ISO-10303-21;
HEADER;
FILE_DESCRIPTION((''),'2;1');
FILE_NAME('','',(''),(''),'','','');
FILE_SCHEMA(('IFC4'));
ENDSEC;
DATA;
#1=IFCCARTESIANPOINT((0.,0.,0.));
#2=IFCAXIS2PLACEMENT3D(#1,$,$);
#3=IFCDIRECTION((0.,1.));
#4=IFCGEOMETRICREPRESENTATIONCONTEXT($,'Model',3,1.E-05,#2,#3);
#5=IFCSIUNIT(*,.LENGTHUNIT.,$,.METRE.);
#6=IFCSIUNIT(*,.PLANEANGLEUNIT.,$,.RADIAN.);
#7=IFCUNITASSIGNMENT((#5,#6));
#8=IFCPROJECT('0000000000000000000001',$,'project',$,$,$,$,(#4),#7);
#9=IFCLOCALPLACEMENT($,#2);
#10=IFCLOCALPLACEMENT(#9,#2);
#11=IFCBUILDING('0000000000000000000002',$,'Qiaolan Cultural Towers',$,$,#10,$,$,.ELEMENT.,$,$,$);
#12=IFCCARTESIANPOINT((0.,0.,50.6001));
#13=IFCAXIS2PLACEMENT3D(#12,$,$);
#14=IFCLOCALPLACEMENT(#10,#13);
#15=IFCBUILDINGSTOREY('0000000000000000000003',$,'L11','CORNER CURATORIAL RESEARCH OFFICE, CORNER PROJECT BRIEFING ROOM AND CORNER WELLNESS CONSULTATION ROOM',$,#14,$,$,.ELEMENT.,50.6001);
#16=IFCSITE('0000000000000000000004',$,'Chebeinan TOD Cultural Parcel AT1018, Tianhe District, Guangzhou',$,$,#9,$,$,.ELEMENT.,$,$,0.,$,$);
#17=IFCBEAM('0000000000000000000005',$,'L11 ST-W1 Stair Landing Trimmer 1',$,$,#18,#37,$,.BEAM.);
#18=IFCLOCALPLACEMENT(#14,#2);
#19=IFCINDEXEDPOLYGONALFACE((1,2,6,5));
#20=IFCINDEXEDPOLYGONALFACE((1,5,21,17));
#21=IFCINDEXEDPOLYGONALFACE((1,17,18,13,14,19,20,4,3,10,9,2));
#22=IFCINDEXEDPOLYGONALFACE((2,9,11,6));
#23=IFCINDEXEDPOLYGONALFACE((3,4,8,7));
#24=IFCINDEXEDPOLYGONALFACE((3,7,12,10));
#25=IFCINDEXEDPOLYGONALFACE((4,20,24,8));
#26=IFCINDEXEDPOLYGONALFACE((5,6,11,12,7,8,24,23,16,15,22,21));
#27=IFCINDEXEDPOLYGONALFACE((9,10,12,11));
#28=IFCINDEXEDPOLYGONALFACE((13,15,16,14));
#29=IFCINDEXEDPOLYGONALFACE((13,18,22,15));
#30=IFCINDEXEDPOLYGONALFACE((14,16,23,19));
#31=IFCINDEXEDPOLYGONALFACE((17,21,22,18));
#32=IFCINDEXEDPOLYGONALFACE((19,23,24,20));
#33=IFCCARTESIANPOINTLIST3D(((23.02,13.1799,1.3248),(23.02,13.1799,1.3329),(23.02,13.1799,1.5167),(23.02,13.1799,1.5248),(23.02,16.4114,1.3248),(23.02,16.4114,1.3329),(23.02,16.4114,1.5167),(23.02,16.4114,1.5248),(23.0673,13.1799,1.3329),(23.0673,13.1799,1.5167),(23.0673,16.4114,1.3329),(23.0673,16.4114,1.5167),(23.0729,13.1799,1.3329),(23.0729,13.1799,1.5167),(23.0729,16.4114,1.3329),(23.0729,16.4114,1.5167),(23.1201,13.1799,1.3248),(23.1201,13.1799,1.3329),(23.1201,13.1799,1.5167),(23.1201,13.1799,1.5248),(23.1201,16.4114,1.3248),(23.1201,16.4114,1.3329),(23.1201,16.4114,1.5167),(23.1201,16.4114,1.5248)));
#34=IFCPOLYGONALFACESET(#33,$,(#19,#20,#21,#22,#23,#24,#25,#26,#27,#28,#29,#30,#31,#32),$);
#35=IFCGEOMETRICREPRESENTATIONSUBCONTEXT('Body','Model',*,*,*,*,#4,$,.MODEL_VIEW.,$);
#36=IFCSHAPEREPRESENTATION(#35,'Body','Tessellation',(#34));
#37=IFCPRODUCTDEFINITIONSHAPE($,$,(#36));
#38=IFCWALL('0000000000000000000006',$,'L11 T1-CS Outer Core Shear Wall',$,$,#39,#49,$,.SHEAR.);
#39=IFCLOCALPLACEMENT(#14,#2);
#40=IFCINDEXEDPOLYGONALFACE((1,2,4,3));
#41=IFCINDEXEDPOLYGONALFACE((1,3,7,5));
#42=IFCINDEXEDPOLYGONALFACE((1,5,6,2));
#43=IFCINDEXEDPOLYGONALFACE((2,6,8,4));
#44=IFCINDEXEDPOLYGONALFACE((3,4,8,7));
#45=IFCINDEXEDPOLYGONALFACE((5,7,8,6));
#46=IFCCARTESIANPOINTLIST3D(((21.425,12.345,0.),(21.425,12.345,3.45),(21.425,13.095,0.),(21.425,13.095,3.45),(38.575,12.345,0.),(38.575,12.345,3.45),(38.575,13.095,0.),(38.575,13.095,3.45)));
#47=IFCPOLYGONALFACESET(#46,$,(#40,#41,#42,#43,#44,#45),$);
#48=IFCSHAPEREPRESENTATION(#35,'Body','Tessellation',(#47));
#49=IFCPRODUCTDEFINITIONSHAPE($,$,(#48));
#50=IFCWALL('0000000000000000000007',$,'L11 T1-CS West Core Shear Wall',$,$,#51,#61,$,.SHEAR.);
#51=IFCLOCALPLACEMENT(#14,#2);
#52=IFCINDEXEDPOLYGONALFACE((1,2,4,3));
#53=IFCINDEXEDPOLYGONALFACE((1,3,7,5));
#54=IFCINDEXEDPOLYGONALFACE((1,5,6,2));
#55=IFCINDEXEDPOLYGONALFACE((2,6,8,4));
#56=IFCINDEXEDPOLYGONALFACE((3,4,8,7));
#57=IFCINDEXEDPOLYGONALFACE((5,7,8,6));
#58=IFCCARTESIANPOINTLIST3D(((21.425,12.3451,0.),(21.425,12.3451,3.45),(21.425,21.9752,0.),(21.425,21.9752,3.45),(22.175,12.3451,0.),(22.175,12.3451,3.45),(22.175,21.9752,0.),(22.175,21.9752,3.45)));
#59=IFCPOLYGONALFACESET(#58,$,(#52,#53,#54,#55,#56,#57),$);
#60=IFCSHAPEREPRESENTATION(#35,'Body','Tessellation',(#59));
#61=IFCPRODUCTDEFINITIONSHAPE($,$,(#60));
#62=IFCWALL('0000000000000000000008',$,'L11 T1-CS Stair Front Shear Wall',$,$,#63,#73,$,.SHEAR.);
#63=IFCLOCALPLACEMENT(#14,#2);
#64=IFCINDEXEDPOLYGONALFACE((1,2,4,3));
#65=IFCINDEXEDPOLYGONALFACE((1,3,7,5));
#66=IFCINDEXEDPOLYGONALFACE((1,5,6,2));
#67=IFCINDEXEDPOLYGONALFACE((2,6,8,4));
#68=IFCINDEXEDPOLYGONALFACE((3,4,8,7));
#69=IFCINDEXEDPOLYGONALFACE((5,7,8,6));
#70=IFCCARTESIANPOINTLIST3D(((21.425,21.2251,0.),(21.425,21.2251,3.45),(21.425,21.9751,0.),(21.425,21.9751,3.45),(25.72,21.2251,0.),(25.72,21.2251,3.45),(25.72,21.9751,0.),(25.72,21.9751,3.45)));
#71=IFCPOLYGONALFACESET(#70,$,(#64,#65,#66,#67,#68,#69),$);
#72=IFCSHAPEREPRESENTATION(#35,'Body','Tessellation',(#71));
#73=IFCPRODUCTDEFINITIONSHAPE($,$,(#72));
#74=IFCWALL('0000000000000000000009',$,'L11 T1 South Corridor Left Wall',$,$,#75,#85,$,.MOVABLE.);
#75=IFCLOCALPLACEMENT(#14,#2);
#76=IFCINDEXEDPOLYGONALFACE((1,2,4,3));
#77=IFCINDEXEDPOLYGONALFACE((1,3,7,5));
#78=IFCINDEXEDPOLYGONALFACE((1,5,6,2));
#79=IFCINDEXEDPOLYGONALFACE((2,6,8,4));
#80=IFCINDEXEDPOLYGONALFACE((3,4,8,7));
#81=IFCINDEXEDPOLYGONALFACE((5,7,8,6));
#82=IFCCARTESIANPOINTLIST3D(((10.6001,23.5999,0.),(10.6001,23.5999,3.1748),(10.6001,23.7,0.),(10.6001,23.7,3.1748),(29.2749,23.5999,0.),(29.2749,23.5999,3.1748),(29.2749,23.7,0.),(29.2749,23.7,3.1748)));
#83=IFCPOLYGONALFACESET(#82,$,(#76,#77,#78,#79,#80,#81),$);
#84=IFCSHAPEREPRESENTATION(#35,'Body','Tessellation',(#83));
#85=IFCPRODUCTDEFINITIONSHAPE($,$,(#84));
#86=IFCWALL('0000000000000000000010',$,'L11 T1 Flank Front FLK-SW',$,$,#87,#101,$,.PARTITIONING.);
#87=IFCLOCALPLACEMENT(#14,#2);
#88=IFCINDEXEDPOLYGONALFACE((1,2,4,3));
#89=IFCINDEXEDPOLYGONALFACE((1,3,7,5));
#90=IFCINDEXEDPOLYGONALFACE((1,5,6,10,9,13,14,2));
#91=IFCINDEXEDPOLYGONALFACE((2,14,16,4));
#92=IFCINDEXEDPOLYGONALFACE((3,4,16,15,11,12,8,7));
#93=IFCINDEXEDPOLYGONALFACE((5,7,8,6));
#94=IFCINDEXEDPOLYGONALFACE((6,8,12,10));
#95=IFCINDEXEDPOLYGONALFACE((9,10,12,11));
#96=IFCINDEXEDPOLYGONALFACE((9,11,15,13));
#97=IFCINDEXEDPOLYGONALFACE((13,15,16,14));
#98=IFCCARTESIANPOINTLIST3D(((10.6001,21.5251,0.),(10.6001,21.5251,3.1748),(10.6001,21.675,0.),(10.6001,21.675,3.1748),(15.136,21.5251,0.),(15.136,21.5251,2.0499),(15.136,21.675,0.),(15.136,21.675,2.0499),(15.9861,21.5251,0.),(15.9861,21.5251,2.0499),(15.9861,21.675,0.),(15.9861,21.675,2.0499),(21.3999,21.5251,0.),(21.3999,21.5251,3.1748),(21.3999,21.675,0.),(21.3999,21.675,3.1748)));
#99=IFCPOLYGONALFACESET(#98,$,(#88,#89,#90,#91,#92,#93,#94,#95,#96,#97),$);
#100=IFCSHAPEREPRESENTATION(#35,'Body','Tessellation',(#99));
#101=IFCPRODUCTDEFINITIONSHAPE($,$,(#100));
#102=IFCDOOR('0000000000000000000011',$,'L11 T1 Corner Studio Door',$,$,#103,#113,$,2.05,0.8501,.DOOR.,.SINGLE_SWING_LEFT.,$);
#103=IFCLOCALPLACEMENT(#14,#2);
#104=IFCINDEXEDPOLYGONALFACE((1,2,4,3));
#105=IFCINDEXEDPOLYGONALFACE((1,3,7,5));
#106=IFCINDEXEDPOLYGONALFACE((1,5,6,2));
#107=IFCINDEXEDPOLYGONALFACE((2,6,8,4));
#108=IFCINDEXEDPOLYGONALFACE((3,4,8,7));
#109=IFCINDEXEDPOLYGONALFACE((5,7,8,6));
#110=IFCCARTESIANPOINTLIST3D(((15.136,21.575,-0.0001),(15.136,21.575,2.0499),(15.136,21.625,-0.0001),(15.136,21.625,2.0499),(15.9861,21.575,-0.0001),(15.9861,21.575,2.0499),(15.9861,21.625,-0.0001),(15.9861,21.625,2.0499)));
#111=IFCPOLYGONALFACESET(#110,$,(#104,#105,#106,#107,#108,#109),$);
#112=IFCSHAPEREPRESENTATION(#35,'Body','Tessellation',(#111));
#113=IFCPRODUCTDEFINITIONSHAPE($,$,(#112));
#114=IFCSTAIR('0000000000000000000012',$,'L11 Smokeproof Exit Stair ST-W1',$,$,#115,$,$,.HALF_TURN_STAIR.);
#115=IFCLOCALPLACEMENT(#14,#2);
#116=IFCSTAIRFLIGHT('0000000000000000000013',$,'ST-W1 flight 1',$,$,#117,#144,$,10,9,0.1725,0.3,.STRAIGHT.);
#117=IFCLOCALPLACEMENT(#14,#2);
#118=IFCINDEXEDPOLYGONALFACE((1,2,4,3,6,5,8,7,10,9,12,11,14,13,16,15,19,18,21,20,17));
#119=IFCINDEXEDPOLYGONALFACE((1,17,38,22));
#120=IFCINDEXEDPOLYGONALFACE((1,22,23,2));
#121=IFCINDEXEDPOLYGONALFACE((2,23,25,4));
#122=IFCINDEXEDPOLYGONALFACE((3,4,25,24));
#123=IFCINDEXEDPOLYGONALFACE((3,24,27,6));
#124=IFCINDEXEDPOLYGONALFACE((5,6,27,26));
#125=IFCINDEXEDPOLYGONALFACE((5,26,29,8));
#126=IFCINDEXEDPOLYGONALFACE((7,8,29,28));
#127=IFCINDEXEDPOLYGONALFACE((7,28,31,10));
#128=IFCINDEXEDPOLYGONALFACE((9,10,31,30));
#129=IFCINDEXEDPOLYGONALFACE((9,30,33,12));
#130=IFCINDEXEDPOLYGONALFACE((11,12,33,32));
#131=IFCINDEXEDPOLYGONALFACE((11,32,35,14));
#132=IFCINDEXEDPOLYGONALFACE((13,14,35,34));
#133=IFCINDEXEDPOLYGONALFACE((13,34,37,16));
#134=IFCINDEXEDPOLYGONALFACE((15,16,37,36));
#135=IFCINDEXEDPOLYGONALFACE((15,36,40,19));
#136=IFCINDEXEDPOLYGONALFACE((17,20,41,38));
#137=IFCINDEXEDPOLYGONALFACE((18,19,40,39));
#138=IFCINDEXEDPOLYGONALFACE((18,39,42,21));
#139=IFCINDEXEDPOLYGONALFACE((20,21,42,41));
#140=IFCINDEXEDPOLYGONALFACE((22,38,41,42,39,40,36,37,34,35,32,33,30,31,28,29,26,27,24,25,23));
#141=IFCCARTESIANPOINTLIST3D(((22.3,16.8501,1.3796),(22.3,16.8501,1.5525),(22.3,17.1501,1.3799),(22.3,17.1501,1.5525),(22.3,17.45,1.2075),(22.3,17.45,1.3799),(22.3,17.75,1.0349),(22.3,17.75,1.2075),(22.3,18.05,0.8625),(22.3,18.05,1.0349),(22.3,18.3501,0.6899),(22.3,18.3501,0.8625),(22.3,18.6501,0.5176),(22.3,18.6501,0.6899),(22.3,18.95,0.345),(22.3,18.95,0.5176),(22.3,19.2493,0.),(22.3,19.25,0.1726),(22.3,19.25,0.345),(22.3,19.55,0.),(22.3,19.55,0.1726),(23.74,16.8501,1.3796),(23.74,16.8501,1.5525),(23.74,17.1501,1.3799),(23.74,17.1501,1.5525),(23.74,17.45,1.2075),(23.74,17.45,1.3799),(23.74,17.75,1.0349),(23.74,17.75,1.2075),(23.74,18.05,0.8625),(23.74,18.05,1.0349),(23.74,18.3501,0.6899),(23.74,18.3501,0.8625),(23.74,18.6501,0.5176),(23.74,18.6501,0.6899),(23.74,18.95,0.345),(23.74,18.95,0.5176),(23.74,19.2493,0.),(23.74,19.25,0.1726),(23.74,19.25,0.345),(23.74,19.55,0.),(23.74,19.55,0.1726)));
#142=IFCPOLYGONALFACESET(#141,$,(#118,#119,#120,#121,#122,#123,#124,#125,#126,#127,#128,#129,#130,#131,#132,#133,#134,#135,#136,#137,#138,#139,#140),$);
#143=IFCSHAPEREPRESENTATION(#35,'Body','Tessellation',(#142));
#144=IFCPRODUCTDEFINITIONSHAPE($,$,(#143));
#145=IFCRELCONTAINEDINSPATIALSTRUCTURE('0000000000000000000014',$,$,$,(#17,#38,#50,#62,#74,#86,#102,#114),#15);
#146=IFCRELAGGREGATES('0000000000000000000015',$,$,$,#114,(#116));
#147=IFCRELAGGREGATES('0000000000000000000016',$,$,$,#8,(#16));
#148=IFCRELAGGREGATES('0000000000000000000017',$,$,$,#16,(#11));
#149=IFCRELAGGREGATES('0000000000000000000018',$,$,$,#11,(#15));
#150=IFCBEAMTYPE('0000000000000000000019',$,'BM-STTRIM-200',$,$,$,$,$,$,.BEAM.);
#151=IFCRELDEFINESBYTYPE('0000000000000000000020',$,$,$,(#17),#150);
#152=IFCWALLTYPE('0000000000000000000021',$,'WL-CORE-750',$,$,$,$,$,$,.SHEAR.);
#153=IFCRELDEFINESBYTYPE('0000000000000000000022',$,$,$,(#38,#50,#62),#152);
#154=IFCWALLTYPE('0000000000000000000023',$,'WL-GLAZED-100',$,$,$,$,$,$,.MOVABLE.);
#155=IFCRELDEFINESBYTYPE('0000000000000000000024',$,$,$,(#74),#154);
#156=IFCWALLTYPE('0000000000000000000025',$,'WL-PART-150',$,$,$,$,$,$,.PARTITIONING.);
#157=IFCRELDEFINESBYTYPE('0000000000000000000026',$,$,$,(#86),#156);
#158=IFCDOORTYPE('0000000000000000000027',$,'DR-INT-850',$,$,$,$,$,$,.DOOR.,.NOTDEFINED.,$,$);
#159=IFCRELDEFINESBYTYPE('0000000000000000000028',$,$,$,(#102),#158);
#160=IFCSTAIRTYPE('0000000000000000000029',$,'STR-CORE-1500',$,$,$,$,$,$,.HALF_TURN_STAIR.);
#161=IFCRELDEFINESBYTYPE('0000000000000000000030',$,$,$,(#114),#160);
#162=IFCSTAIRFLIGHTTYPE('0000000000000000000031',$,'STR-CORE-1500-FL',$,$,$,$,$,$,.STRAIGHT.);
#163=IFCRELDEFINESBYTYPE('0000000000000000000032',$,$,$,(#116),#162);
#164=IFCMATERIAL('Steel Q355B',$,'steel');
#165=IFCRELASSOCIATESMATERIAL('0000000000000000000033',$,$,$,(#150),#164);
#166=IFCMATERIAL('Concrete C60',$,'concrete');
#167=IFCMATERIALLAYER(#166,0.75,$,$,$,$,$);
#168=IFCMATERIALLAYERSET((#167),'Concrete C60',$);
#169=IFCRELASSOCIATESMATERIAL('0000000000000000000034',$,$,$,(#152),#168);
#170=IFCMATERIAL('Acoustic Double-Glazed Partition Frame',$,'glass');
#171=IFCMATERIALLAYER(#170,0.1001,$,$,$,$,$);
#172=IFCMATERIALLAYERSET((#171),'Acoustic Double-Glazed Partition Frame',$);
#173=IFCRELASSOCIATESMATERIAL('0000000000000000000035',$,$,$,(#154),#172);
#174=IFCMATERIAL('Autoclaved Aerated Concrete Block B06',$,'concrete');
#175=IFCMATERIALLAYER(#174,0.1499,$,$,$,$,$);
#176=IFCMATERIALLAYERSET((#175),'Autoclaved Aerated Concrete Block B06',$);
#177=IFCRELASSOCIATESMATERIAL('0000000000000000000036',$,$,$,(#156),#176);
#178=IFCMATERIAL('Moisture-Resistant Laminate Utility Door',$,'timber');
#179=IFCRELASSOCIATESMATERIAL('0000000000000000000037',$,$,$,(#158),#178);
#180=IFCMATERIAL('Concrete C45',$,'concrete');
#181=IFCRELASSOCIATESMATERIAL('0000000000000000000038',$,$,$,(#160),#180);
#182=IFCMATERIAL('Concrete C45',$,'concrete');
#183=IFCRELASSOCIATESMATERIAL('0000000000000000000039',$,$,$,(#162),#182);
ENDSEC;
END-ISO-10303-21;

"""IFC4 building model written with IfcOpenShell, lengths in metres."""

from ifc_helpers import new_model, si_unit, direction, frame, frame_2d, origin, origin_2d, place, context, subcontext, project, spatial, polyline, rectangle, i_section, outline, extrude, material, layer, layer_set, material_profile, profile_set, type_object, element, fill, aggregate, save


model = new_model("IFC4")

# Units and contexts
model_context = context("Model", 3, precision=1e-05, world=origin(), true_north=direction((0.0, 1.0)))
body_context = subcontext(model_context, "Body", "Model", "MODEL_VIEW")
ifc_project = project(units=[si_unit("LENGTHUNIT", "METRE"), si_unit("PLANEANGLEUNIT", "RADIAN")], contexts=[model_context])

# Site, building, storey
site_placement = place(None, origin())
site = spatial("IfcSite", under=ifc_project, at=site_placement, Name="Chebeinan TOD Cultural Parcel AT1018, Tianhe District, Guangzhou", CompositionType="ELEMENT", RefElevation=0.0)
building_placement = place(site_placement, origin())
building = spatial("IfcBuilding", under=site, at=building_placement, Name="Qiaolan Cultural Towers", CompositionType="ELEMENT")
storey_placement = place(building_placement, frame((0.0, 0.0, 50.6001)))
storey = spatial("IfcBuildingStorey", under=building, at=storey_placement, Name="L11", Description="CORNER CURATORIAL RESEARCH OFFICE, CORNER PROJECT BRIEFING ROOM AND CORNER WELLNESS CONSULTATION ROOM", CompositionType="ELEMENT", Elevation=50.6001)

# Beam
ifc_material_1 = material(Name="Steel Q355B", Category="steel")
ifc_material_profile_1 = material_profile(ifc_material_1, i_section(OverallWidth=0.1001, OverallDepth=0.2, WebThickness=0.0056, FlangeThickness=0.0081, at=origin_2d()), Name="HN200x100x5.5x8")
ifc_profile_set_1 = profile_set([ifc_material_profile_1], Name="Steel Q355B")
beam_type_1 = type_object("IfcBeamType", Name="BM-STTRIM-200", PredefinedType="BEAM", material=ifc_profile_set_1)
beam_1_placement = place(storey_placement, frame((23.0701, 16.4114, 1.4248), z_axis=(0.0, -1.0, 0.0), x_axis=(1.0, 0.0, 0.0)))
element("IfcBeam", 1, at=beam_1_placement, inside=storey, type_object=beam_type_1, Name="L11 ST-W1 Stair Landing Trimmer 1", PredefinedType="BEAM", context=body_context, shape_type="SweptSolid", body=[
    extrude(i_section(OverallWidth=0.1001, OverallDepth=0.2, WebThickness=0.0056, FlangeThickness=0.0081, at=origin_2d()), origin(), (0.0, 0.0, 1.0), 3.2314),
])

# Walls
ifc_material_2 = material(Name="Concrete C60", Category="concrete")
ifc_layer_1 = layer(ifc_material_2, 0.75)
ifc_layer_set_1 = layer_set([ifc_layer_1], Name="Concrete C60")
wall_type_1 = type_object("IfcWallType", Name="WL-CORE-750", PredefinedType="SHEAR", material=ifc_layer_set_1)
wall_1_placement = place(storey_placement, frame((21.425, 12.72, 0.0), z_axis=(0.0, 0.0, 1.0), x_axis=(1.0, 0.0, 0.0)))
element("IfcWall", 2, at=wall_1_placement, inside=storey, type_object=wall_type_1, Name="L11 T1-CS Outer Core Shear Wall", PredefinedType="SHEAR", context=body_context, shape_type="SweptSolid", body=[
    extrude(rectangle(XDim=17.1499, YDim=0.75, at=frame_2d((8.575, 0.0))), origin(), (0.0, 0.0, 1.0), 3.45),
])
wall_2_placement = place(storey_placement, frame((21.8, 21.9751, 0.0), z_axis=(0.0, 0.0, 1.0), x_axis=(0.0, -1.0, 0.0)))
element("IfcWall", 3, at=wall_2_placement, inside=storey, type_object=wall_type_1, Name="L11 T1-CS West Core Shear Wall", PredefinedType="SHEAR", context=body_context, shape_type="SweptSolid", body=[
    extrude(rectangle(XDim=9.6301, YDim=0.75, at=frame_2d((4.8149, 0.0))), origin(), (0.0, 0.0, 1.0), 3.45),
])
wall_3_placement = place(storey_placement, frame((21.425, 21.6001, 0.0), z_axis=(0.0, 0.0, 1.0), x_axis=(1.0, 0.0, 0.0)))
element("IfcWall", 4, at=wall_3_placement, inside=storey, type_object=wall_type_1, Name="L11 T1-CS Stair Front Shear Wall", PredefinedType="SHEAR", context=body_context, shape_type="SweptSolid", body=[
    extrude(rectangle(XDim=4.2949, YDim=0.75, at=frame_2d((2.1475, 0.0))), origin(), (0.0, 0.0, 1.0), 3.45),
])
ifc_material_3 = material(Name="Acoustic Double-Glazed Partition Frame", Category="glass")
ifc_layer_2 = layer(ifc_material_3, 0.1001)
ifc_layer_set_2 = layer_set([ifc_layer_2], Name="Acoustic Double-Glazed Partition Frame")
wall_type_2 = type_object("IfcWallType", Name="WL-GLAZED-100", PredefinedType="MOVABLE", material=ifc_layer_set_2)
wall_4_placement = place(storey_placement, frame((10.6001, 23.6499, 0.0), z_axis=(0.0, 0.0, 1.0), x_axis=(1.0, 0.0, 0.0)))
element("IfcWall", 5, at=wall_4_placement, inside=storey, type_object=wall_type_2, Name="L11 T1 South Corridor Left Wall", PredefinedType="MOVABLE", context=body_context, shape_type="SweptSolid", body=[
    extrude(rectangle(XDim=18.6748, YDim=0.1001, at=frame_2d((9.3374, 0.0))), origin(), (0.0, 0.0, 1.0), 3.1748),
])

# Wall, opening, door
ifc_material_4 = material(Name="Autoclaved Aerated Concrete Block B06", Category="concrete")
ifc_layer_3 = layer(ifc_material_4, 0.1499)
ifc_layer_set_3 = layer_set([ifc_layer_3], Name="Autoclaved Aerated Concrete Block B06")
wall_type_3 = type_object("IfcWallType", Name="WL-PART-150", PredefinedType="PARTITIONING", material=ifc_layer_set_3)
wall_5_placement = place(storey_placement, frame((10.6001, 21.6001, 0.0), z_axis=(0.0, 0.0, 1.0), x_axis=(1.0, 0.0, 0.0)))
wall_5 = element("IfcWall", 6, at=wall_5_placement, inside=storey, type_object=wall_type_3, Name="L11 T1 Flank Front FLK-SW", PredefinedType="PARTITIONING", context=body_context, shape_type="SweptSolid", body=[
    extrude(rectangle(XDim=10.7998, YDim=0.1499, at=frame_2d((5.3999, 0.0))), origin(), (0.0, 0.0, 1.0), 3.1748),
])
opening_placement = place(wall_5_placement, frame((4.5359, 0.0, 0.0)))
opening = element("IfcOpeningElement", 7, at=opening_placement, cuts=wall_5, PredefinedType="OPENING", context=body_context, shape_type="SweptSolid", body=[
    extrude(rectangle(XDim=0.8501, YDim=2.05, at=frame_2d((0.425, 1.0249))), frame((0.0, 0.085, 0.0), z_axis=(0.0, -1.0, 0.0), x_axis=(1.0, 0.0, 0.0)), (0.0, 0.0, 1.0), 0.1699),
])
ifc_material_5 = material(Name="Moisture-Resistant Laminate Utility Door", Category="timber")
door_type = type_object("IfcDoorType", Name="DR-INT-850", OperationType="NOTDEFINED", PredefinedType="DOOR", material=ifc_material_5)
door_placement = place(opening_placement, origin())
door = element("IfcDoor", 8, at=door_placement, inside=storey, type_object=door_type, Name="L11 T1 Corner Studio Door", OperationType="SINGLE_SWING_LEFT", OverallHeight=2.05, OverallWidth=0.8501, PredefinedType="DOOR", context=body_context, shape_type="SweptSolid", body=[
    extrude(rectangle(XDim=0.8501, YDim=2.05, at=frame_2d((0.425, 1.0249))), frame((0.0, 0.0249, 0.0), z_axis=(0.0, -1.0, 0.0), x_axis=(1.0, 0.0, 0.0)), (0.0, 0.0, 1.0), 0.05),
])
fill(opening, door)

# Stair, stair flight
ifc_material_6 = material(Name="Concrete C45", Category="concrete")
stair_type = type_object("IfcStairType", Name="STR-CORE-1500", PredefinedType="HALF_TURN_STAIR", material=ifc_material_6)
stair_placement = place(storey_placement, origin())
stair = element("IfcStair", 9, at=stair_placement, inside=storey, type_object=stair_type, Name="L11 Smokeproof Exit Stair ST-W1", PredefinedType="HALF_TURN_STAIR")
ifc_material_7 = material(Name="Concrete C45", Category="concrete")
stair_flight_type = type_object("IfcStairFlightType", Name="STR-CORE-1500-FL", PredefinedType="STRAIGHT", material=ifc_material_7)
stair_flight_placement = place(storey_placement, frame((23.02, 19.55, 0.0), z_axis=(0.0, 0.0, 1.0), x_axis=(0.0, -1.0, 0.0)))
stair_flight = element("IfcStairFlight", 10, at=stair_flight_placement, type_object=stair_flight_type, Name="ST-W1 flight 1", NumberOfRisers=10, NumberOfTreads=9, PredefinedType="STRAIGHT", RiserHeight=0.1725, TreadLength=0.3, context=body_context, shape_type="SweptSolid", body=[
    extrude(outline(polyline([(0.0, 0.0), (0.0, 0.1726), (0.3, 0.1726), (0.3, 0.345), (0.6001, 0.345), (0.6001, 0.5176), (0.8999, 0.5176), (0.8999, 0.6899), (1.2, 0.6899), (1.2, 0.8625), (1.5, 0.8625), (1.5, 1.0349), (1.8, 1.0349), (1.8, 1.2075), (2.1001, 1.2075), (2.1001, 1.3799), (2.3999, 1.3799), (2.3999, 1.5525), (2.7, 1.5525), (2.7, 1.7251), (2.7, 1.3796), (0.3008, 0.0), (0.0, 0.0)])), frame((0.0, 0.72, 0.0), z_axis=(0.0, -1.0, 0.0), x_axis=(1.0, 0.0, 0.0)), (0.0, 0.0, 1.0), 1.4399),
])
aggregate(stair, [stair_flight])

save(model, "model.ifc")
